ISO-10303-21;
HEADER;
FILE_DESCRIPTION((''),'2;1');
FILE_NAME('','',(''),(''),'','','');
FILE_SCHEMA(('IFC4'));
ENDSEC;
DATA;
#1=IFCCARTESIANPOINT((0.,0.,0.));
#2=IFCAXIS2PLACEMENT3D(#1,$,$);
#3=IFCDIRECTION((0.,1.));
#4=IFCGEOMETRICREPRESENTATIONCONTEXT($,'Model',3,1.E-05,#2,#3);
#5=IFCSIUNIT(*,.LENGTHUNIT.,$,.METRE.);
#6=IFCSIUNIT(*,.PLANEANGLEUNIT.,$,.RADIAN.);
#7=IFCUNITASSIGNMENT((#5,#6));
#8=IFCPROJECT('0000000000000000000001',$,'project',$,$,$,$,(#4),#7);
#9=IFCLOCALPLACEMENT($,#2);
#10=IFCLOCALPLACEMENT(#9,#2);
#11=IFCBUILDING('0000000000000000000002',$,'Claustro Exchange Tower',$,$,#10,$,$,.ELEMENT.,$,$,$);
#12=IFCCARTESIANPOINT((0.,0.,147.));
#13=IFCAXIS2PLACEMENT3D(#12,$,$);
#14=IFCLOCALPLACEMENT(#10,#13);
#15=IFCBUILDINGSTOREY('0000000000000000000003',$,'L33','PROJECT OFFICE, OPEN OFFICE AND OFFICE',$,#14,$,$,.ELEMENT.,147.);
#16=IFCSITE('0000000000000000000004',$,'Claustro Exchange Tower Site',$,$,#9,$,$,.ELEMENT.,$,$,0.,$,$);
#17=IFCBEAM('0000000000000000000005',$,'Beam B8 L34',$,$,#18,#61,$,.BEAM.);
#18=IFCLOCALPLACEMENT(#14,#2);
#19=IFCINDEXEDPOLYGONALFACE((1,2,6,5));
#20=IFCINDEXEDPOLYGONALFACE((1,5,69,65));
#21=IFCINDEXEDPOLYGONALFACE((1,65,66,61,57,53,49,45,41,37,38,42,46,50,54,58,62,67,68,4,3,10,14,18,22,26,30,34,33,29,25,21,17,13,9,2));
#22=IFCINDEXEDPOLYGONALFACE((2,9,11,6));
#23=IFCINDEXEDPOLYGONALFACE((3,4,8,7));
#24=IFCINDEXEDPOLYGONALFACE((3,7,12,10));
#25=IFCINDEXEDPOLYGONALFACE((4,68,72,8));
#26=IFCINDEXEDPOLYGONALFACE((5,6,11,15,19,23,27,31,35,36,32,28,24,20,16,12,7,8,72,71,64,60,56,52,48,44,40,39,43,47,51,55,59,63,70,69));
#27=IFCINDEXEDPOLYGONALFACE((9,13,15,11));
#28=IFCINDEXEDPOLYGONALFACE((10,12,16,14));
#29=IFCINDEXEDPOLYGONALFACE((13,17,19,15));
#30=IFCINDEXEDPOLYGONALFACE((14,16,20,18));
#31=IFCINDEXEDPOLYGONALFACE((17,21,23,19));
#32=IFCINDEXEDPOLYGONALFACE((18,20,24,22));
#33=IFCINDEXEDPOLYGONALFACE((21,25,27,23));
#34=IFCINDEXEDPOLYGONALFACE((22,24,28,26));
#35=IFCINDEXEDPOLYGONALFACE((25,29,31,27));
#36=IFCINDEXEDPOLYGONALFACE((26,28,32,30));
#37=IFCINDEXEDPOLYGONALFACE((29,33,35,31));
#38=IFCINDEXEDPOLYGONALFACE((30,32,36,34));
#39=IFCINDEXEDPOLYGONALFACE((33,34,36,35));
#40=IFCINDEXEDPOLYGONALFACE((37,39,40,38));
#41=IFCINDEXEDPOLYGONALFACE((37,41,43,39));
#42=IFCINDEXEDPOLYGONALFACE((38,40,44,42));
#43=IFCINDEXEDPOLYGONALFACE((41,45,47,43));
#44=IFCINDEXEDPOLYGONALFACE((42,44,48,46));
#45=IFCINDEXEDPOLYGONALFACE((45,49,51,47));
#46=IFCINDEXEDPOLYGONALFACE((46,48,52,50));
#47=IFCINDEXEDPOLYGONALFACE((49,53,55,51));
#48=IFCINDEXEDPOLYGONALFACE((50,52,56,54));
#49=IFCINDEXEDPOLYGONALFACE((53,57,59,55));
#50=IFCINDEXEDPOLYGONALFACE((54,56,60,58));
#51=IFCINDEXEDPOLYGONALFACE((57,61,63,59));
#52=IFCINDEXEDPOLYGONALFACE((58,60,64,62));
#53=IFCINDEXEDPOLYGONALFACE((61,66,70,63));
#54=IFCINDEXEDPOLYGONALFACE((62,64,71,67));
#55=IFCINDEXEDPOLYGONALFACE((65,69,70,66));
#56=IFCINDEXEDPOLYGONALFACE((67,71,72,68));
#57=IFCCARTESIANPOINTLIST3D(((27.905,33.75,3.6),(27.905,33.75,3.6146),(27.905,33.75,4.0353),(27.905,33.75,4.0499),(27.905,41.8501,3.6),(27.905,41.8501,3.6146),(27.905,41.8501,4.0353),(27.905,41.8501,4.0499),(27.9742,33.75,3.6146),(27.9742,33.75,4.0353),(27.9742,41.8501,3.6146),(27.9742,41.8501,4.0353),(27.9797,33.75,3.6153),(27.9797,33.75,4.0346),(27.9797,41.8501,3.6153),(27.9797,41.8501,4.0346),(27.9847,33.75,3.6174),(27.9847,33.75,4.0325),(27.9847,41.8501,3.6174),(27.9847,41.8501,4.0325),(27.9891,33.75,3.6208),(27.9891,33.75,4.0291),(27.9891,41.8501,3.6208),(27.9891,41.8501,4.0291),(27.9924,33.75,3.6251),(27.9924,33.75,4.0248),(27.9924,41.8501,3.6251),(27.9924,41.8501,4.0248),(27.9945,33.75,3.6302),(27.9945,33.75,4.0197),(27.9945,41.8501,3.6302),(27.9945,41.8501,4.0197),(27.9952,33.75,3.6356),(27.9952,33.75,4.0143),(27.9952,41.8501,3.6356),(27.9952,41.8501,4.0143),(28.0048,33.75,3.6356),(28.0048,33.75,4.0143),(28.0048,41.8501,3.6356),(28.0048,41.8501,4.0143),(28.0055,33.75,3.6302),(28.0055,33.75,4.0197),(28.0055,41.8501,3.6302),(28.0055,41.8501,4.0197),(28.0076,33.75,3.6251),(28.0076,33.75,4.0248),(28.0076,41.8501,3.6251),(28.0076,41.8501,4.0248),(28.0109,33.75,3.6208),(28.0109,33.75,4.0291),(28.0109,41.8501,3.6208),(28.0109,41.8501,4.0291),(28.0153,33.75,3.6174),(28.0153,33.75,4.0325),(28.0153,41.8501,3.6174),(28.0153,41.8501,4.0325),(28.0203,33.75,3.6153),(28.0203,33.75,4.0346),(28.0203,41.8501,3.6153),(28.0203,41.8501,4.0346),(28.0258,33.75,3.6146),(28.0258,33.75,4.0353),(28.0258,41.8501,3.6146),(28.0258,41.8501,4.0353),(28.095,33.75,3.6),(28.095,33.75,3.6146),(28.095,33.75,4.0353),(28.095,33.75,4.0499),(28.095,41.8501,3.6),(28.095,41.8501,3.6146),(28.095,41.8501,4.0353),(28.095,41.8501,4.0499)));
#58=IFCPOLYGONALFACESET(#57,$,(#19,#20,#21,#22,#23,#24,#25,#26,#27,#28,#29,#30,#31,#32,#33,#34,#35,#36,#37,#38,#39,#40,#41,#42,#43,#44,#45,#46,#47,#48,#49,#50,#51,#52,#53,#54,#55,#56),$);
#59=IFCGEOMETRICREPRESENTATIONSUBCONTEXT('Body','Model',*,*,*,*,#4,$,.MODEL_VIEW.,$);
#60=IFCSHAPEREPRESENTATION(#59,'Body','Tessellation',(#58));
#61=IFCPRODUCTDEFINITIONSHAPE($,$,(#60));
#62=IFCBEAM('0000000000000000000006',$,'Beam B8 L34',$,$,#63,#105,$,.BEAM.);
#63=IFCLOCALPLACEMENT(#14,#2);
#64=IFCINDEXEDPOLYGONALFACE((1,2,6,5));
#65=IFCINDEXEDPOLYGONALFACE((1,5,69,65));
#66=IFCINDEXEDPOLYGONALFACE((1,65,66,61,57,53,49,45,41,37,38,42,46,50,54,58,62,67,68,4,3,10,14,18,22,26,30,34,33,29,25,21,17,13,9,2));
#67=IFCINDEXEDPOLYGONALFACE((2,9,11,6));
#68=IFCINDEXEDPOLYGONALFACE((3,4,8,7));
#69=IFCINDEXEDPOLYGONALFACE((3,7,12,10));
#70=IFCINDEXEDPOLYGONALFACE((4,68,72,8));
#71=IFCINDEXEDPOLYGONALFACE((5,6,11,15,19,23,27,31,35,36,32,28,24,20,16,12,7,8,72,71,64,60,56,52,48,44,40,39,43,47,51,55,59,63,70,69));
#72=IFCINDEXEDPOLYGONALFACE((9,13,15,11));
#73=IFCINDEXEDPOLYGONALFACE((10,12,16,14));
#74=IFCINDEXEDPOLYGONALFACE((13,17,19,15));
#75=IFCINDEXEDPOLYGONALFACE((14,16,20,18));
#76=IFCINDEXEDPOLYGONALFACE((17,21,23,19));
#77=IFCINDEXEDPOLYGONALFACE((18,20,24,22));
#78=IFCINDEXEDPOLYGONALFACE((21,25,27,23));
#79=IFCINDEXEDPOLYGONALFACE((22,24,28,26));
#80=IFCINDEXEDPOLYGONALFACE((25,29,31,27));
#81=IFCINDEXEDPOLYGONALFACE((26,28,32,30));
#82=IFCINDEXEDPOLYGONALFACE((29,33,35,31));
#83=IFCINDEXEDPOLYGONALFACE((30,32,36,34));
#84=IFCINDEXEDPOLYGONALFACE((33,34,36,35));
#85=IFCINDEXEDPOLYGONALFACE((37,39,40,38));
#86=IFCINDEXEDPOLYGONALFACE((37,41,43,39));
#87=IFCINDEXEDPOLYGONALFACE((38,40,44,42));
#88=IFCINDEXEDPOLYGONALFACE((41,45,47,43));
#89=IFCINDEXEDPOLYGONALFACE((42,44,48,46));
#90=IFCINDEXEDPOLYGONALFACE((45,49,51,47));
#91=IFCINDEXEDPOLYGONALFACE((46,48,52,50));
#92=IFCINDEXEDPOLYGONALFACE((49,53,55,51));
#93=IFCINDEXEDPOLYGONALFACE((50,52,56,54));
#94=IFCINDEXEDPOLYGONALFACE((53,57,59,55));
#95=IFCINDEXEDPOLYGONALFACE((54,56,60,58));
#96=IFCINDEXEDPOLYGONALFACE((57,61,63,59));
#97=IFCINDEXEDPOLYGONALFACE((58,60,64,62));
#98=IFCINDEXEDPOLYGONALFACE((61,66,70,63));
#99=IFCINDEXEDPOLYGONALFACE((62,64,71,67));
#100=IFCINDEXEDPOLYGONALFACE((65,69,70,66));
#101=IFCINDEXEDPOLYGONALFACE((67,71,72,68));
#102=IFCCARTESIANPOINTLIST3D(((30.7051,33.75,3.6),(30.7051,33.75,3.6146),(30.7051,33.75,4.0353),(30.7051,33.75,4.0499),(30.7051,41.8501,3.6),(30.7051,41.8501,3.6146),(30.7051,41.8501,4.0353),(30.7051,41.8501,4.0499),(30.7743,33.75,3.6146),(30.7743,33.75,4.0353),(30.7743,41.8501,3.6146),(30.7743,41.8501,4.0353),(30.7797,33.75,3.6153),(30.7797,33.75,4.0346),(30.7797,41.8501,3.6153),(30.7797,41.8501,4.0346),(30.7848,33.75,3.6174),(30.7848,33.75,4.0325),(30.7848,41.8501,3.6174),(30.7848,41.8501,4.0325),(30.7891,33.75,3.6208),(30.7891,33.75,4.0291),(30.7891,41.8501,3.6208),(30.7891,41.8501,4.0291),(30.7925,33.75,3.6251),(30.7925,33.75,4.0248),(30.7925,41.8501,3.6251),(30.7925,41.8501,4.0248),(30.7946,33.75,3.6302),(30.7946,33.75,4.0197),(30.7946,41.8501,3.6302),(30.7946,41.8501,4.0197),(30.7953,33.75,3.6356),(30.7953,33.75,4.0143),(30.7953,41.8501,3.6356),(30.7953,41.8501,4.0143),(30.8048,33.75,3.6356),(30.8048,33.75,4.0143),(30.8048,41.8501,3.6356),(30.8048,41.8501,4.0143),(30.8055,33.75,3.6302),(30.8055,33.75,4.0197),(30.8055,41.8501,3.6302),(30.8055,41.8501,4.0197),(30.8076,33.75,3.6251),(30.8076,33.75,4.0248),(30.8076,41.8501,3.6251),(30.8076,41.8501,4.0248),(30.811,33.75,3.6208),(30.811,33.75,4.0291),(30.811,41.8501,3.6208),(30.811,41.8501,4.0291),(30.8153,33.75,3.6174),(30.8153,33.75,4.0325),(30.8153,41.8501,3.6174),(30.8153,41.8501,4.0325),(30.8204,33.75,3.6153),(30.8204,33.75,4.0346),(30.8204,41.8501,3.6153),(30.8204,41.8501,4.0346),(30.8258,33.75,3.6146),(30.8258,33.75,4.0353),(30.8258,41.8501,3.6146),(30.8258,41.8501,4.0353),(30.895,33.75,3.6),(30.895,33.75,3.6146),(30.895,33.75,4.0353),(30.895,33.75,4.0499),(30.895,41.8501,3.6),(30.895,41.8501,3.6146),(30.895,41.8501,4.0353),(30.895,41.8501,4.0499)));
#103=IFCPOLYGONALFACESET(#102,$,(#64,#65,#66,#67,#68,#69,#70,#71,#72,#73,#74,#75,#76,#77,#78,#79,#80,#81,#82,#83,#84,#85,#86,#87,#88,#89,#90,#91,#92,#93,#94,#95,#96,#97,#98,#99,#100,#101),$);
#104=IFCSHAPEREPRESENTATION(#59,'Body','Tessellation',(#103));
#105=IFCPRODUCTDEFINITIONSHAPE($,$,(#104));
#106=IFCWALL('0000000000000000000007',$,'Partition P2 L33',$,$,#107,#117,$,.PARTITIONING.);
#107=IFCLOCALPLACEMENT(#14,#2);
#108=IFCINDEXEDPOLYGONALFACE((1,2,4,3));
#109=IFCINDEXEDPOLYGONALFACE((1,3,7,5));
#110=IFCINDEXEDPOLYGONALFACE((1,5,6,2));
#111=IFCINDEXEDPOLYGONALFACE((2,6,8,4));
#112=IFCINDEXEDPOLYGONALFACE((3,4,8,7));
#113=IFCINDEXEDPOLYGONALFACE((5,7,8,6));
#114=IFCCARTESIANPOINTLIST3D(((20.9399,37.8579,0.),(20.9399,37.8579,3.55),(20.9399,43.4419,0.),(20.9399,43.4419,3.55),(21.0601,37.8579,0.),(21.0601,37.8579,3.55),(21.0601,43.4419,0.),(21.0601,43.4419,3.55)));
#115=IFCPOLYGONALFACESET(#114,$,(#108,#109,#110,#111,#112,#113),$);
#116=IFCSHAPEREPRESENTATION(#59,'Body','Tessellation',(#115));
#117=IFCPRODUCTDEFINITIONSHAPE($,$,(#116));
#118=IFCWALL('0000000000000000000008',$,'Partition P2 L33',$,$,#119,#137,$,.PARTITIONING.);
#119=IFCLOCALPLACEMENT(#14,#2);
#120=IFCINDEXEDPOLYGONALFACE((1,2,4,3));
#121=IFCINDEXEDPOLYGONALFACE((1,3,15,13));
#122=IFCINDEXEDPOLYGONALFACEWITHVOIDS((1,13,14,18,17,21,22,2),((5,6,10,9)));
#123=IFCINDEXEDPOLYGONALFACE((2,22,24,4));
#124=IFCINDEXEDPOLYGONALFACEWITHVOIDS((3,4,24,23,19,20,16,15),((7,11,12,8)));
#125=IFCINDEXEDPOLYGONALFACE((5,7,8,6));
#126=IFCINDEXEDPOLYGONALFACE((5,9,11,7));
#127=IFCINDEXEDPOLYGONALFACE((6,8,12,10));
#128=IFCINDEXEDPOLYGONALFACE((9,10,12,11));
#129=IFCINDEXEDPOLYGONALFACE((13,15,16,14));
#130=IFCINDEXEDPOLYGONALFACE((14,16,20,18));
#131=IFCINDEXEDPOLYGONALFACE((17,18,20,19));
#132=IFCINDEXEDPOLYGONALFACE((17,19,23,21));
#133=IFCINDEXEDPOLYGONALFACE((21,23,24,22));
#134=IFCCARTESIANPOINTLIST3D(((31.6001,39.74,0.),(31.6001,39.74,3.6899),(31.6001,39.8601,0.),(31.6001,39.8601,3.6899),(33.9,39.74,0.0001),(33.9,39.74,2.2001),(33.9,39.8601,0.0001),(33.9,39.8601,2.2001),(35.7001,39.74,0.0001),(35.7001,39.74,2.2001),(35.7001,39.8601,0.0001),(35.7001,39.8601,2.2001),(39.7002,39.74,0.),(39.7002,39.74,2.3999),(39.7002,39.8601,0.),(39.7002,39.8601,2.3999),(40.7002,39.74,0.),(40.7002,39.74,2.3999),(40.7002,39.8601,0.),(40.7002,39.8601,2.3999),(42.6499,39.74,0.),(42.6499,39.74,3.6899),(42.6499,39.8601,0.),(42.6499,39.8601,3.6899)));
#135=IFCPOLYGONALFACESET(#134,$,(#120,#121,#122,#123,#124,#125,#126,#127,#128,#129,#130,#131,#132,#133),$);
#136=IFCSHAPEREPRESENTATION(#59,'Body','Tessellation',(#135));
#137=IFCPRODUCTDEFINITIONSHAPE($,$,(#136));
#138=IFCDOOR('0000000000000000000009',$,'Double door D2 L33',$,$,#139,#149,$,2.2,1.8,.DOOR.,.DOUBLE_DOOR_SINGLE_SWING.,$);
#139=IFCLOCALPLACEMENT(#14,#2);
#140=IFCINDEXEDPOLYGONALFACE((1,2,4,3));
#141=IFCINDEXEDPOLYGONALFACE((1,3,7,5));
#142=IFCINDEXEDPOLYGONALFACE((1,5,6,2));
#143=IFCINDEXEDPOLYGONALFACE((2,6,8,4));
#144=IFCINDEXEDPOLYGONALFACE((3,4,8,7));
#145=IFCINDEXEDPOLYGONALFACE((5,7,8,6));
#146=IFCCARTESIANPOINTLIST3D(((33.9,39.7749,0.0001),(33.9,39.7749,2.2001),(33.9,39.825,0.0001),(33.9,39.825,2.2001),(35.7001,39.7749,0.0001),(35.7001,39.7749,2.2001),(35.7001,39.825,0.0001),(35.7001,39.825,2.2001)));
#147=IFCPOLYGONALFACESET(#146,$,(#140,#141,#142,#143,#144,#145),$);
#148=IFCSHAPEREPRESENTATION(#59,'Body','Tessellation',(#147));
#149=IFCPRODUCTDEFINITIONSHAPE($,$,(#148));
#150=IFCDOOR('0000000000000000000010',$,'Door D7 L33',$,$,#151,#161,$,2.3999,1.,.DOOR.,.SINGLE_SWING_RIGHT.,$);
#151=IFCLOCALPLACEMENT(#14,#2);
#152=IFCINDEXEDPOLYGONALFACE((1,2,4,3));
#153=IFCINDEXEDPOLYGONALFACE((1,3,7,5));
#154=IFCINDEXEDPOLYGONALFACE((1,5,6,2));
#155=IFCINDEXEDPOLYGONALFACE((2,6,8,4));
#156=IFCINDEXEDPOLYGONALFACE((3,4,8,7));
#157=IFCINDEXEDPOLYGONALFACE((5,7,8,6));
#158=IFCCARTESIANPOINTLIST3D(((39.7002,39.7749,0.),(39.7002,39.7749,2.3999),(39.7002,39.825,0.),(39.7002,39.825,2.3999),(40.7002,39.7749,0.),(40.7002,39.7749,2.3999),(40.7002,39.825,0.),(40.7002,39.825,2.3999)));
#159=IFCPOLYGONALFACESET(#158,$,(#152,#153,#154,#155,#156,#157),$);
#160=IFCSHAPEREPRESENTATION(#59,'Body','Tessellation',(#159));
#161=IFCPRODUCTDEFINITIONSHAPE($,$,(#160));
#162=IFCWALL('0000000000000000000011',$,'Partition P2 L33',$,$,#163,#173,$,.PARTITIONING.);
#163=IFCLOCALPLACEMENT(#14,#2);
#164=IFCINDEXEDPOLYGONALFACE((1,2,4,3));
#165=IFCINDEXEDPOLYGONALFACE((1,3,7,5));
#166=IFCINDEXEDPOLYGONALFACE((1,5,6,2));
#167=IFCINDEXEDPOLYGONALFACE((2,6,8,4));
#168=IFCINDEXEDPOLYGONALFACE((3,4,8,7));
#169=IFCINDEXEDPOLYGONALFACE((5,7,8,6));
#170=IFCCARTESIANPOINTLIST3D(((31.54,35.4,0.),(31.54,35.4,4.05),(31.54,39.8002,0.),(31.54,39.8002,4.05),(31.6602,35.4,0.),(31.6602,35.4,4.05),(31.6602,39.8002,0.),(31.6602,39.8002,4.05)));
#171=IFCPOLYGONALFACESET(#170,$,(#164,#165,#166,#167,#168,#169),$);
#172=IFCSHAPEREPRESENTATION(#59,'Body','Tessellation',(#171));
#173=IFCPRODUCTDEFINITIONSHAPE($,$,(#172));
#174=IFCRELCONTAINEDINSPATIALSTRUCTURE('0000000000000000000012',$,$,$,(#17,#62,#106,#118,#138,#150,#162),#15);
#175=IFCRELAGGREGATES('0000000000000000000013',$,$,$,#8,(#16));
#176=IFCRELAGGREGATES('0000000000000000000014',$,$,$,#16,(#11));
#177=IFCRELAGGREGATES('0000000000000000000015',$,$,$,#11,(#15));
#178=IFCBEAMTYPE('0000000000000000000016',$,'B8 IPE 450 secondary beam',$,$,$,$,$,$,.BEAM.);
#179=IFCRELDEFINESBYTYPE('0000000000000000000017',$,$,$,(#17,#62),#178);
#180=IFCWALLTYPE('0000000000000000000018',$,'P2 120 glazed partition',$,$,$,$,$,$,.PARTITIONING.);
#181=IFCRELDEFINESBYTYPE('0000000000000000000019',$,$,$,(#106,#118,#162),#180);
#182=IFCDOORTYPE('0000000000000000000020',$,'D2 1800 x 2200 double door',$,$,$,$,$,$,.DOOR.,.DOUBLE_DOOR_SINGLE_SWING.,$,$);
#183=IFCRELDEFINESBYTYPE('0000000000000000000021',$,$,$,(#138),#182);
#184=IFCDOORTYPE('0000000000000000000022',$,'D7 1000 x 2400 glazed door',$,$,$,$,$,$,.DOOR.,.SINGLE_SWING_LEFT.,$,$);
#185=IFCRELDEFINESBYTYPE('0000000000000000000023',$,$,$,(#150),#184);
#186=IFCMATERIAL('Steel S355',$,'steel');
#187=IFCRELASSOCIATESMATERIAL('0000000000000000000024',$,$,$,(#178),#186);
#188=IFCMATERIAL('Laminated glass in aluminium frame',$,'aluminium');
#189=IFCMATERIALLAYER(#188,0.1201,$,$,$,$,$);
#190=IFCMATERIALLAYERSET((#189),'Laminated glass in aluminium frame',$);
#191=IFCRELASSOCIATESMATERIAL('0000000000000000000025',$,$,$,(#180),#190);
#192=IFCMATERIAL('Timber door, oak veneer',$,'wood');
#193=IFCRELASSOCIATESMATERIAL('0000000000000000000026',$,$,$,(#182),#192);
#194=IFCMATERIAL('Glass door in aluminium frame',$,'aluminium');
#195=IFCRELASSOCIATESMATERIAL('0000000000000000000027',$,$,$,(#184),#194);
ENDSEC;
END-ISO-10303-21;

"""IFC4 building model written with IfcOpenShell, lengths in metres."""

from ifc_helpers import new_model, si_unit, direction, frame, frame_2d, origin, origin_2d, place, context, subcontext, project, spatial, rectangle, i_section, extrude, material, layer, layer_set, material_profile, profile_set, type_object, element, fill, save


model = new_model("IFC4")

# Units and contexts
model_context = context("Model", 3, precision=1e-05, world=origin(), true_north=direction((0.0, 1.0)))
body_context = subcontext(model_context, "Body", "Model", "MODEL_VIEW")
ifc_project = project(units=[si_unit("LENGTHUNIT", "METRE"), si_unit("PLANEANGLEUNIT", "RADIAN")], contexts=[model_context])

# Site, building, storey
site_placement = place(None, origin())
site = spatial("IfcSite", under=ifc_project, at=site_placement, Name="Claustro Exchange Tower Site", CompositionType="ELEMENT", RefElevation=0.0)
building_placement = place(site_placement, origin())
building = spatial("IfcBuilding", under=site, at=building_placement, Name="Claustro Exchange Tower", CompositionType="ELEMENT")
storey_placement = place(building_placement, frame((0.0, 0.0, 147.0)))
storey = spatial("IfcBuildingStorey", under=building, at=storey_placement, Name="L33", Description="PROJECT OFFICE, OPEN OFFICE AND OFFICE", CompositionType="ELEMENT", Elevation=147.0)

# Beams
ifc_material_1 = material(Name="Steel S355", Category="steel")
ifc_material_profile_1 = material_profile(ifc_material_1, i_section(OverallWidth=0.1899, OverallDepth=0.45, WebThickness=0.0095, FlangeThickness=0.0146, FilletRadius=0.021, at=origin_2d()), Name="IPE 450")
ifc_profile_set_1 = profile_set([ifc_material_profile_1], Name="Steel S355")
beam_type_1 = type_object("IfcBeamType", Name="B8 IPE 450 secondary beam", PredefinedType="BEAM", material=ifc_profile_set_1)
for number, where, z_axis, x_axis, name in (
    (1, (28.0, 33.75, 3.825), (0.0, 1.0, 0.0), (-1.0, 0.0, 0.0), "Beam B8 L34"),
    (2, (30.8, 33.75, 3.825), (0.0, 1.0, 0.0), (-1.0, 0.0, 0.0), "Beam B8 L34"),
):
    element("IfcBeam", number, at=place(storey_placement, frame(where, z_axis=z_axis, x_axis=x_axis)), inside=storey, type_object=beam_type_1, Name=name, PredefinedType="BEAM", context=body_context, shape_type="SweptSolid", body=[
        extrude(i_section(OverallWidth=0.1899, OverallDepth=0.45, WebThickness=0.0095, FlangeThickness=0.0146, FilletRadius=0.021, at=origin_2d()), origin(), (0.0, 0.0, 1.0), 8.1001),
    ])

# Wall
ifc_material_2 = material(Name="Laminated glass in aluminium frame", Category="aluminium")
ifc_layer_1 = layer(ifc_material_2, 0.1201)
ifc_layer_set_1 = layer_set([ifc_layer_1], Name="Laminated glass in aluminium frame")
wall_type_1 = type_object("IfcWallType", Name="P2 120 glazed partition", PredefinedType="PARTITIONING", material=ifc_layer_set_1)
wall_1_placement = place(storey_placement, frame((21.0, 37.8579, 0.0), z_axis=(0.0, 0.0, 1.0), x_axis=(0.0, 1.0, 0.0)))
element("IfcWall", 3, at=wall_1_placement, inside=storey, type_object=wall_type_1, Name="Partition P2 L33", PredefinedType="PARTITIONING", context=body_context, shape_type="SweptSolid", body=[
    extrude(rectangle(XDim=5.584, YDim=0.1201, at=frame_2d((2.792, 0.0))), origin(), (0.0, 0.0, 1.0), 3.55),
])

# Wall, openings, doors
wall_2_placement = place(storey_placement, frame((31.6001, 39.8, 0.0), z_axis=(0.0, 0.0, 1.0), x_axis=(1.0, 0.0, 0.0)))
wall_2 = element("IfcWall", 4, at=wall_2_placement, inside=storey, type_object=wall_type_1, Name="Partition P2 L33", PredefinedType="PARTITIONING", context=body_context, shape_type="SweptSolid", body=[
    extrude(rectangle(XDim=11.0498, YDim=0.1201, at=frame_2d((5.5249, 0.0))), origin(), (0.0, 0.0, 1.0), 3.6899),
])
opening_1_placement = place(wall_2_placement, frame((2.3, 0.0, 0.0)))
opening_1 = element("IfcOpeningElement", 5, at=opening_1_placement, cuts=wall_2, PredefinedType="OPENING", context=body_context, shape_type="SweptSolid", body=[
    extrude(rectangle(XDim=1.8, YDim=2.2, at=frame_2d((0.8999, 1.1001))), frame((0.0, 0.0701, 0.0), z_axis=(0.0, -1.0, 0.0), x_axis=(1.0, 0.0, 0.0)), (0.0, 0.0, 1.0), 0.1401),
])
opening_2_placement = place(wall_2_placement, frame((8.1001, 0.0, 0.0)))
opening_2 = element("IfcOpeningElement", 6, at=opening_2_placement, cuts=wall_2, PredefinedType="OPENING", context=body_context, shape_type="SweptSolid", body=[
    extrude(rectangle(XDim=1.0, YDim=2.3999, at=frame_2d((0.5, 1.2))), frame((0.0, 0.0701, 0.0), z_axis=(0.0, -1.0, 0.0), x_axis=(1.0, 0.0, 0.0)), (0.0, 0.0, 1.0), 0.1401),
])
ifc_material_3 = material(Name="Timber door, oak veneer", Category="wood")
door_type_1 = type_object("IfcDoorType", Name="D2 1800 x 2200 double door", OperationType="DOUBLE_DOOR_SINGLE_SWING", PredefinedType="DOOR", material=ifc_material_3)
door_1_placement = place(opening_1_placement, origin())
door_1 = element("IfcDoor", 7, at=door_1_placement, inside=storey, type_object=door_type_1, Name="Double door D2 L33", OperationType="DOUBLE_DOOR_SINGLE_SWING", OverallHeight=2.2, OverallWidth=1.8, PredefinedType="DOOR", context=body_context, shape_type="SweptSolid", body=[
    extrude(rectangle(XDim=1.8, YDim=2.2, at=frame_2d((0.8999, 1.1001))), frame((0.0, 0.0249, 0.0), z_axis=(0.0, -1.0, 0.0), x_axis=(1.0, 0.0, 0.0)), (0.0, 0.0, 1.0), 0.05),
])
fill(opening_1, door_1)
ifc_material_4 = material(Name="Glass door in aluminium frame", Category="aluminium")
door_type_2 = type_object("IfcDoorType", Name="D7 1000 x 2400 glazed door", OperationType="SINGLE_SWING_LEFT", PredefinedType="DOOR", material=ifc_material_4)
door_2_placement = place(opening_2_placement, origin())
door_2 = element("IfcDoor", 8, at=door_2_placement, inside=storey, type_object=door_type_2, Name="Door D7 L33", OperationType="SINGLE_SWING_RIGHT", OverallHeight=2.3999, OverallWidth=1.0, PredefinedType="DOOR", context=body_context, shape_type="SweptSolid", body=[
    extrude(rectangle(XDim=1.0, YDim=2.3999, at=frame_2d((0.5, 1.2))), frame((0.0, 0.0249, 0.0), z_axis=(0.0, -1.0, 0.0), x_axis=(1.0, 0.0, 0.0)), (0.0, 0.0, 1.0), 0.05),
])
fill(opening_2, door_2)

# Wall
wall_3_placement = place(storey_placement, frame((31.6001, 35.3999, 0.0), z_axis=(0.0, 0.0, 1.0), x_axis=(0.0, 1.0, 0.0)))
element("IfcWall", 9, at=wall_3_placement, inside=storey, type_object=wall_type_1, Name="Partition P2 L33", PredefinedType="PARTITIONING", context=body_context, shape_type="SweptSolid", body=[
    extrude(rectangle(XDim=4.4001, YDim=0.1201, at=frame_2d((2.2002, 0.0))), origin(), (0.0, 0.0, 1.0), 4.05),
])

save(model, "model.ifc")
